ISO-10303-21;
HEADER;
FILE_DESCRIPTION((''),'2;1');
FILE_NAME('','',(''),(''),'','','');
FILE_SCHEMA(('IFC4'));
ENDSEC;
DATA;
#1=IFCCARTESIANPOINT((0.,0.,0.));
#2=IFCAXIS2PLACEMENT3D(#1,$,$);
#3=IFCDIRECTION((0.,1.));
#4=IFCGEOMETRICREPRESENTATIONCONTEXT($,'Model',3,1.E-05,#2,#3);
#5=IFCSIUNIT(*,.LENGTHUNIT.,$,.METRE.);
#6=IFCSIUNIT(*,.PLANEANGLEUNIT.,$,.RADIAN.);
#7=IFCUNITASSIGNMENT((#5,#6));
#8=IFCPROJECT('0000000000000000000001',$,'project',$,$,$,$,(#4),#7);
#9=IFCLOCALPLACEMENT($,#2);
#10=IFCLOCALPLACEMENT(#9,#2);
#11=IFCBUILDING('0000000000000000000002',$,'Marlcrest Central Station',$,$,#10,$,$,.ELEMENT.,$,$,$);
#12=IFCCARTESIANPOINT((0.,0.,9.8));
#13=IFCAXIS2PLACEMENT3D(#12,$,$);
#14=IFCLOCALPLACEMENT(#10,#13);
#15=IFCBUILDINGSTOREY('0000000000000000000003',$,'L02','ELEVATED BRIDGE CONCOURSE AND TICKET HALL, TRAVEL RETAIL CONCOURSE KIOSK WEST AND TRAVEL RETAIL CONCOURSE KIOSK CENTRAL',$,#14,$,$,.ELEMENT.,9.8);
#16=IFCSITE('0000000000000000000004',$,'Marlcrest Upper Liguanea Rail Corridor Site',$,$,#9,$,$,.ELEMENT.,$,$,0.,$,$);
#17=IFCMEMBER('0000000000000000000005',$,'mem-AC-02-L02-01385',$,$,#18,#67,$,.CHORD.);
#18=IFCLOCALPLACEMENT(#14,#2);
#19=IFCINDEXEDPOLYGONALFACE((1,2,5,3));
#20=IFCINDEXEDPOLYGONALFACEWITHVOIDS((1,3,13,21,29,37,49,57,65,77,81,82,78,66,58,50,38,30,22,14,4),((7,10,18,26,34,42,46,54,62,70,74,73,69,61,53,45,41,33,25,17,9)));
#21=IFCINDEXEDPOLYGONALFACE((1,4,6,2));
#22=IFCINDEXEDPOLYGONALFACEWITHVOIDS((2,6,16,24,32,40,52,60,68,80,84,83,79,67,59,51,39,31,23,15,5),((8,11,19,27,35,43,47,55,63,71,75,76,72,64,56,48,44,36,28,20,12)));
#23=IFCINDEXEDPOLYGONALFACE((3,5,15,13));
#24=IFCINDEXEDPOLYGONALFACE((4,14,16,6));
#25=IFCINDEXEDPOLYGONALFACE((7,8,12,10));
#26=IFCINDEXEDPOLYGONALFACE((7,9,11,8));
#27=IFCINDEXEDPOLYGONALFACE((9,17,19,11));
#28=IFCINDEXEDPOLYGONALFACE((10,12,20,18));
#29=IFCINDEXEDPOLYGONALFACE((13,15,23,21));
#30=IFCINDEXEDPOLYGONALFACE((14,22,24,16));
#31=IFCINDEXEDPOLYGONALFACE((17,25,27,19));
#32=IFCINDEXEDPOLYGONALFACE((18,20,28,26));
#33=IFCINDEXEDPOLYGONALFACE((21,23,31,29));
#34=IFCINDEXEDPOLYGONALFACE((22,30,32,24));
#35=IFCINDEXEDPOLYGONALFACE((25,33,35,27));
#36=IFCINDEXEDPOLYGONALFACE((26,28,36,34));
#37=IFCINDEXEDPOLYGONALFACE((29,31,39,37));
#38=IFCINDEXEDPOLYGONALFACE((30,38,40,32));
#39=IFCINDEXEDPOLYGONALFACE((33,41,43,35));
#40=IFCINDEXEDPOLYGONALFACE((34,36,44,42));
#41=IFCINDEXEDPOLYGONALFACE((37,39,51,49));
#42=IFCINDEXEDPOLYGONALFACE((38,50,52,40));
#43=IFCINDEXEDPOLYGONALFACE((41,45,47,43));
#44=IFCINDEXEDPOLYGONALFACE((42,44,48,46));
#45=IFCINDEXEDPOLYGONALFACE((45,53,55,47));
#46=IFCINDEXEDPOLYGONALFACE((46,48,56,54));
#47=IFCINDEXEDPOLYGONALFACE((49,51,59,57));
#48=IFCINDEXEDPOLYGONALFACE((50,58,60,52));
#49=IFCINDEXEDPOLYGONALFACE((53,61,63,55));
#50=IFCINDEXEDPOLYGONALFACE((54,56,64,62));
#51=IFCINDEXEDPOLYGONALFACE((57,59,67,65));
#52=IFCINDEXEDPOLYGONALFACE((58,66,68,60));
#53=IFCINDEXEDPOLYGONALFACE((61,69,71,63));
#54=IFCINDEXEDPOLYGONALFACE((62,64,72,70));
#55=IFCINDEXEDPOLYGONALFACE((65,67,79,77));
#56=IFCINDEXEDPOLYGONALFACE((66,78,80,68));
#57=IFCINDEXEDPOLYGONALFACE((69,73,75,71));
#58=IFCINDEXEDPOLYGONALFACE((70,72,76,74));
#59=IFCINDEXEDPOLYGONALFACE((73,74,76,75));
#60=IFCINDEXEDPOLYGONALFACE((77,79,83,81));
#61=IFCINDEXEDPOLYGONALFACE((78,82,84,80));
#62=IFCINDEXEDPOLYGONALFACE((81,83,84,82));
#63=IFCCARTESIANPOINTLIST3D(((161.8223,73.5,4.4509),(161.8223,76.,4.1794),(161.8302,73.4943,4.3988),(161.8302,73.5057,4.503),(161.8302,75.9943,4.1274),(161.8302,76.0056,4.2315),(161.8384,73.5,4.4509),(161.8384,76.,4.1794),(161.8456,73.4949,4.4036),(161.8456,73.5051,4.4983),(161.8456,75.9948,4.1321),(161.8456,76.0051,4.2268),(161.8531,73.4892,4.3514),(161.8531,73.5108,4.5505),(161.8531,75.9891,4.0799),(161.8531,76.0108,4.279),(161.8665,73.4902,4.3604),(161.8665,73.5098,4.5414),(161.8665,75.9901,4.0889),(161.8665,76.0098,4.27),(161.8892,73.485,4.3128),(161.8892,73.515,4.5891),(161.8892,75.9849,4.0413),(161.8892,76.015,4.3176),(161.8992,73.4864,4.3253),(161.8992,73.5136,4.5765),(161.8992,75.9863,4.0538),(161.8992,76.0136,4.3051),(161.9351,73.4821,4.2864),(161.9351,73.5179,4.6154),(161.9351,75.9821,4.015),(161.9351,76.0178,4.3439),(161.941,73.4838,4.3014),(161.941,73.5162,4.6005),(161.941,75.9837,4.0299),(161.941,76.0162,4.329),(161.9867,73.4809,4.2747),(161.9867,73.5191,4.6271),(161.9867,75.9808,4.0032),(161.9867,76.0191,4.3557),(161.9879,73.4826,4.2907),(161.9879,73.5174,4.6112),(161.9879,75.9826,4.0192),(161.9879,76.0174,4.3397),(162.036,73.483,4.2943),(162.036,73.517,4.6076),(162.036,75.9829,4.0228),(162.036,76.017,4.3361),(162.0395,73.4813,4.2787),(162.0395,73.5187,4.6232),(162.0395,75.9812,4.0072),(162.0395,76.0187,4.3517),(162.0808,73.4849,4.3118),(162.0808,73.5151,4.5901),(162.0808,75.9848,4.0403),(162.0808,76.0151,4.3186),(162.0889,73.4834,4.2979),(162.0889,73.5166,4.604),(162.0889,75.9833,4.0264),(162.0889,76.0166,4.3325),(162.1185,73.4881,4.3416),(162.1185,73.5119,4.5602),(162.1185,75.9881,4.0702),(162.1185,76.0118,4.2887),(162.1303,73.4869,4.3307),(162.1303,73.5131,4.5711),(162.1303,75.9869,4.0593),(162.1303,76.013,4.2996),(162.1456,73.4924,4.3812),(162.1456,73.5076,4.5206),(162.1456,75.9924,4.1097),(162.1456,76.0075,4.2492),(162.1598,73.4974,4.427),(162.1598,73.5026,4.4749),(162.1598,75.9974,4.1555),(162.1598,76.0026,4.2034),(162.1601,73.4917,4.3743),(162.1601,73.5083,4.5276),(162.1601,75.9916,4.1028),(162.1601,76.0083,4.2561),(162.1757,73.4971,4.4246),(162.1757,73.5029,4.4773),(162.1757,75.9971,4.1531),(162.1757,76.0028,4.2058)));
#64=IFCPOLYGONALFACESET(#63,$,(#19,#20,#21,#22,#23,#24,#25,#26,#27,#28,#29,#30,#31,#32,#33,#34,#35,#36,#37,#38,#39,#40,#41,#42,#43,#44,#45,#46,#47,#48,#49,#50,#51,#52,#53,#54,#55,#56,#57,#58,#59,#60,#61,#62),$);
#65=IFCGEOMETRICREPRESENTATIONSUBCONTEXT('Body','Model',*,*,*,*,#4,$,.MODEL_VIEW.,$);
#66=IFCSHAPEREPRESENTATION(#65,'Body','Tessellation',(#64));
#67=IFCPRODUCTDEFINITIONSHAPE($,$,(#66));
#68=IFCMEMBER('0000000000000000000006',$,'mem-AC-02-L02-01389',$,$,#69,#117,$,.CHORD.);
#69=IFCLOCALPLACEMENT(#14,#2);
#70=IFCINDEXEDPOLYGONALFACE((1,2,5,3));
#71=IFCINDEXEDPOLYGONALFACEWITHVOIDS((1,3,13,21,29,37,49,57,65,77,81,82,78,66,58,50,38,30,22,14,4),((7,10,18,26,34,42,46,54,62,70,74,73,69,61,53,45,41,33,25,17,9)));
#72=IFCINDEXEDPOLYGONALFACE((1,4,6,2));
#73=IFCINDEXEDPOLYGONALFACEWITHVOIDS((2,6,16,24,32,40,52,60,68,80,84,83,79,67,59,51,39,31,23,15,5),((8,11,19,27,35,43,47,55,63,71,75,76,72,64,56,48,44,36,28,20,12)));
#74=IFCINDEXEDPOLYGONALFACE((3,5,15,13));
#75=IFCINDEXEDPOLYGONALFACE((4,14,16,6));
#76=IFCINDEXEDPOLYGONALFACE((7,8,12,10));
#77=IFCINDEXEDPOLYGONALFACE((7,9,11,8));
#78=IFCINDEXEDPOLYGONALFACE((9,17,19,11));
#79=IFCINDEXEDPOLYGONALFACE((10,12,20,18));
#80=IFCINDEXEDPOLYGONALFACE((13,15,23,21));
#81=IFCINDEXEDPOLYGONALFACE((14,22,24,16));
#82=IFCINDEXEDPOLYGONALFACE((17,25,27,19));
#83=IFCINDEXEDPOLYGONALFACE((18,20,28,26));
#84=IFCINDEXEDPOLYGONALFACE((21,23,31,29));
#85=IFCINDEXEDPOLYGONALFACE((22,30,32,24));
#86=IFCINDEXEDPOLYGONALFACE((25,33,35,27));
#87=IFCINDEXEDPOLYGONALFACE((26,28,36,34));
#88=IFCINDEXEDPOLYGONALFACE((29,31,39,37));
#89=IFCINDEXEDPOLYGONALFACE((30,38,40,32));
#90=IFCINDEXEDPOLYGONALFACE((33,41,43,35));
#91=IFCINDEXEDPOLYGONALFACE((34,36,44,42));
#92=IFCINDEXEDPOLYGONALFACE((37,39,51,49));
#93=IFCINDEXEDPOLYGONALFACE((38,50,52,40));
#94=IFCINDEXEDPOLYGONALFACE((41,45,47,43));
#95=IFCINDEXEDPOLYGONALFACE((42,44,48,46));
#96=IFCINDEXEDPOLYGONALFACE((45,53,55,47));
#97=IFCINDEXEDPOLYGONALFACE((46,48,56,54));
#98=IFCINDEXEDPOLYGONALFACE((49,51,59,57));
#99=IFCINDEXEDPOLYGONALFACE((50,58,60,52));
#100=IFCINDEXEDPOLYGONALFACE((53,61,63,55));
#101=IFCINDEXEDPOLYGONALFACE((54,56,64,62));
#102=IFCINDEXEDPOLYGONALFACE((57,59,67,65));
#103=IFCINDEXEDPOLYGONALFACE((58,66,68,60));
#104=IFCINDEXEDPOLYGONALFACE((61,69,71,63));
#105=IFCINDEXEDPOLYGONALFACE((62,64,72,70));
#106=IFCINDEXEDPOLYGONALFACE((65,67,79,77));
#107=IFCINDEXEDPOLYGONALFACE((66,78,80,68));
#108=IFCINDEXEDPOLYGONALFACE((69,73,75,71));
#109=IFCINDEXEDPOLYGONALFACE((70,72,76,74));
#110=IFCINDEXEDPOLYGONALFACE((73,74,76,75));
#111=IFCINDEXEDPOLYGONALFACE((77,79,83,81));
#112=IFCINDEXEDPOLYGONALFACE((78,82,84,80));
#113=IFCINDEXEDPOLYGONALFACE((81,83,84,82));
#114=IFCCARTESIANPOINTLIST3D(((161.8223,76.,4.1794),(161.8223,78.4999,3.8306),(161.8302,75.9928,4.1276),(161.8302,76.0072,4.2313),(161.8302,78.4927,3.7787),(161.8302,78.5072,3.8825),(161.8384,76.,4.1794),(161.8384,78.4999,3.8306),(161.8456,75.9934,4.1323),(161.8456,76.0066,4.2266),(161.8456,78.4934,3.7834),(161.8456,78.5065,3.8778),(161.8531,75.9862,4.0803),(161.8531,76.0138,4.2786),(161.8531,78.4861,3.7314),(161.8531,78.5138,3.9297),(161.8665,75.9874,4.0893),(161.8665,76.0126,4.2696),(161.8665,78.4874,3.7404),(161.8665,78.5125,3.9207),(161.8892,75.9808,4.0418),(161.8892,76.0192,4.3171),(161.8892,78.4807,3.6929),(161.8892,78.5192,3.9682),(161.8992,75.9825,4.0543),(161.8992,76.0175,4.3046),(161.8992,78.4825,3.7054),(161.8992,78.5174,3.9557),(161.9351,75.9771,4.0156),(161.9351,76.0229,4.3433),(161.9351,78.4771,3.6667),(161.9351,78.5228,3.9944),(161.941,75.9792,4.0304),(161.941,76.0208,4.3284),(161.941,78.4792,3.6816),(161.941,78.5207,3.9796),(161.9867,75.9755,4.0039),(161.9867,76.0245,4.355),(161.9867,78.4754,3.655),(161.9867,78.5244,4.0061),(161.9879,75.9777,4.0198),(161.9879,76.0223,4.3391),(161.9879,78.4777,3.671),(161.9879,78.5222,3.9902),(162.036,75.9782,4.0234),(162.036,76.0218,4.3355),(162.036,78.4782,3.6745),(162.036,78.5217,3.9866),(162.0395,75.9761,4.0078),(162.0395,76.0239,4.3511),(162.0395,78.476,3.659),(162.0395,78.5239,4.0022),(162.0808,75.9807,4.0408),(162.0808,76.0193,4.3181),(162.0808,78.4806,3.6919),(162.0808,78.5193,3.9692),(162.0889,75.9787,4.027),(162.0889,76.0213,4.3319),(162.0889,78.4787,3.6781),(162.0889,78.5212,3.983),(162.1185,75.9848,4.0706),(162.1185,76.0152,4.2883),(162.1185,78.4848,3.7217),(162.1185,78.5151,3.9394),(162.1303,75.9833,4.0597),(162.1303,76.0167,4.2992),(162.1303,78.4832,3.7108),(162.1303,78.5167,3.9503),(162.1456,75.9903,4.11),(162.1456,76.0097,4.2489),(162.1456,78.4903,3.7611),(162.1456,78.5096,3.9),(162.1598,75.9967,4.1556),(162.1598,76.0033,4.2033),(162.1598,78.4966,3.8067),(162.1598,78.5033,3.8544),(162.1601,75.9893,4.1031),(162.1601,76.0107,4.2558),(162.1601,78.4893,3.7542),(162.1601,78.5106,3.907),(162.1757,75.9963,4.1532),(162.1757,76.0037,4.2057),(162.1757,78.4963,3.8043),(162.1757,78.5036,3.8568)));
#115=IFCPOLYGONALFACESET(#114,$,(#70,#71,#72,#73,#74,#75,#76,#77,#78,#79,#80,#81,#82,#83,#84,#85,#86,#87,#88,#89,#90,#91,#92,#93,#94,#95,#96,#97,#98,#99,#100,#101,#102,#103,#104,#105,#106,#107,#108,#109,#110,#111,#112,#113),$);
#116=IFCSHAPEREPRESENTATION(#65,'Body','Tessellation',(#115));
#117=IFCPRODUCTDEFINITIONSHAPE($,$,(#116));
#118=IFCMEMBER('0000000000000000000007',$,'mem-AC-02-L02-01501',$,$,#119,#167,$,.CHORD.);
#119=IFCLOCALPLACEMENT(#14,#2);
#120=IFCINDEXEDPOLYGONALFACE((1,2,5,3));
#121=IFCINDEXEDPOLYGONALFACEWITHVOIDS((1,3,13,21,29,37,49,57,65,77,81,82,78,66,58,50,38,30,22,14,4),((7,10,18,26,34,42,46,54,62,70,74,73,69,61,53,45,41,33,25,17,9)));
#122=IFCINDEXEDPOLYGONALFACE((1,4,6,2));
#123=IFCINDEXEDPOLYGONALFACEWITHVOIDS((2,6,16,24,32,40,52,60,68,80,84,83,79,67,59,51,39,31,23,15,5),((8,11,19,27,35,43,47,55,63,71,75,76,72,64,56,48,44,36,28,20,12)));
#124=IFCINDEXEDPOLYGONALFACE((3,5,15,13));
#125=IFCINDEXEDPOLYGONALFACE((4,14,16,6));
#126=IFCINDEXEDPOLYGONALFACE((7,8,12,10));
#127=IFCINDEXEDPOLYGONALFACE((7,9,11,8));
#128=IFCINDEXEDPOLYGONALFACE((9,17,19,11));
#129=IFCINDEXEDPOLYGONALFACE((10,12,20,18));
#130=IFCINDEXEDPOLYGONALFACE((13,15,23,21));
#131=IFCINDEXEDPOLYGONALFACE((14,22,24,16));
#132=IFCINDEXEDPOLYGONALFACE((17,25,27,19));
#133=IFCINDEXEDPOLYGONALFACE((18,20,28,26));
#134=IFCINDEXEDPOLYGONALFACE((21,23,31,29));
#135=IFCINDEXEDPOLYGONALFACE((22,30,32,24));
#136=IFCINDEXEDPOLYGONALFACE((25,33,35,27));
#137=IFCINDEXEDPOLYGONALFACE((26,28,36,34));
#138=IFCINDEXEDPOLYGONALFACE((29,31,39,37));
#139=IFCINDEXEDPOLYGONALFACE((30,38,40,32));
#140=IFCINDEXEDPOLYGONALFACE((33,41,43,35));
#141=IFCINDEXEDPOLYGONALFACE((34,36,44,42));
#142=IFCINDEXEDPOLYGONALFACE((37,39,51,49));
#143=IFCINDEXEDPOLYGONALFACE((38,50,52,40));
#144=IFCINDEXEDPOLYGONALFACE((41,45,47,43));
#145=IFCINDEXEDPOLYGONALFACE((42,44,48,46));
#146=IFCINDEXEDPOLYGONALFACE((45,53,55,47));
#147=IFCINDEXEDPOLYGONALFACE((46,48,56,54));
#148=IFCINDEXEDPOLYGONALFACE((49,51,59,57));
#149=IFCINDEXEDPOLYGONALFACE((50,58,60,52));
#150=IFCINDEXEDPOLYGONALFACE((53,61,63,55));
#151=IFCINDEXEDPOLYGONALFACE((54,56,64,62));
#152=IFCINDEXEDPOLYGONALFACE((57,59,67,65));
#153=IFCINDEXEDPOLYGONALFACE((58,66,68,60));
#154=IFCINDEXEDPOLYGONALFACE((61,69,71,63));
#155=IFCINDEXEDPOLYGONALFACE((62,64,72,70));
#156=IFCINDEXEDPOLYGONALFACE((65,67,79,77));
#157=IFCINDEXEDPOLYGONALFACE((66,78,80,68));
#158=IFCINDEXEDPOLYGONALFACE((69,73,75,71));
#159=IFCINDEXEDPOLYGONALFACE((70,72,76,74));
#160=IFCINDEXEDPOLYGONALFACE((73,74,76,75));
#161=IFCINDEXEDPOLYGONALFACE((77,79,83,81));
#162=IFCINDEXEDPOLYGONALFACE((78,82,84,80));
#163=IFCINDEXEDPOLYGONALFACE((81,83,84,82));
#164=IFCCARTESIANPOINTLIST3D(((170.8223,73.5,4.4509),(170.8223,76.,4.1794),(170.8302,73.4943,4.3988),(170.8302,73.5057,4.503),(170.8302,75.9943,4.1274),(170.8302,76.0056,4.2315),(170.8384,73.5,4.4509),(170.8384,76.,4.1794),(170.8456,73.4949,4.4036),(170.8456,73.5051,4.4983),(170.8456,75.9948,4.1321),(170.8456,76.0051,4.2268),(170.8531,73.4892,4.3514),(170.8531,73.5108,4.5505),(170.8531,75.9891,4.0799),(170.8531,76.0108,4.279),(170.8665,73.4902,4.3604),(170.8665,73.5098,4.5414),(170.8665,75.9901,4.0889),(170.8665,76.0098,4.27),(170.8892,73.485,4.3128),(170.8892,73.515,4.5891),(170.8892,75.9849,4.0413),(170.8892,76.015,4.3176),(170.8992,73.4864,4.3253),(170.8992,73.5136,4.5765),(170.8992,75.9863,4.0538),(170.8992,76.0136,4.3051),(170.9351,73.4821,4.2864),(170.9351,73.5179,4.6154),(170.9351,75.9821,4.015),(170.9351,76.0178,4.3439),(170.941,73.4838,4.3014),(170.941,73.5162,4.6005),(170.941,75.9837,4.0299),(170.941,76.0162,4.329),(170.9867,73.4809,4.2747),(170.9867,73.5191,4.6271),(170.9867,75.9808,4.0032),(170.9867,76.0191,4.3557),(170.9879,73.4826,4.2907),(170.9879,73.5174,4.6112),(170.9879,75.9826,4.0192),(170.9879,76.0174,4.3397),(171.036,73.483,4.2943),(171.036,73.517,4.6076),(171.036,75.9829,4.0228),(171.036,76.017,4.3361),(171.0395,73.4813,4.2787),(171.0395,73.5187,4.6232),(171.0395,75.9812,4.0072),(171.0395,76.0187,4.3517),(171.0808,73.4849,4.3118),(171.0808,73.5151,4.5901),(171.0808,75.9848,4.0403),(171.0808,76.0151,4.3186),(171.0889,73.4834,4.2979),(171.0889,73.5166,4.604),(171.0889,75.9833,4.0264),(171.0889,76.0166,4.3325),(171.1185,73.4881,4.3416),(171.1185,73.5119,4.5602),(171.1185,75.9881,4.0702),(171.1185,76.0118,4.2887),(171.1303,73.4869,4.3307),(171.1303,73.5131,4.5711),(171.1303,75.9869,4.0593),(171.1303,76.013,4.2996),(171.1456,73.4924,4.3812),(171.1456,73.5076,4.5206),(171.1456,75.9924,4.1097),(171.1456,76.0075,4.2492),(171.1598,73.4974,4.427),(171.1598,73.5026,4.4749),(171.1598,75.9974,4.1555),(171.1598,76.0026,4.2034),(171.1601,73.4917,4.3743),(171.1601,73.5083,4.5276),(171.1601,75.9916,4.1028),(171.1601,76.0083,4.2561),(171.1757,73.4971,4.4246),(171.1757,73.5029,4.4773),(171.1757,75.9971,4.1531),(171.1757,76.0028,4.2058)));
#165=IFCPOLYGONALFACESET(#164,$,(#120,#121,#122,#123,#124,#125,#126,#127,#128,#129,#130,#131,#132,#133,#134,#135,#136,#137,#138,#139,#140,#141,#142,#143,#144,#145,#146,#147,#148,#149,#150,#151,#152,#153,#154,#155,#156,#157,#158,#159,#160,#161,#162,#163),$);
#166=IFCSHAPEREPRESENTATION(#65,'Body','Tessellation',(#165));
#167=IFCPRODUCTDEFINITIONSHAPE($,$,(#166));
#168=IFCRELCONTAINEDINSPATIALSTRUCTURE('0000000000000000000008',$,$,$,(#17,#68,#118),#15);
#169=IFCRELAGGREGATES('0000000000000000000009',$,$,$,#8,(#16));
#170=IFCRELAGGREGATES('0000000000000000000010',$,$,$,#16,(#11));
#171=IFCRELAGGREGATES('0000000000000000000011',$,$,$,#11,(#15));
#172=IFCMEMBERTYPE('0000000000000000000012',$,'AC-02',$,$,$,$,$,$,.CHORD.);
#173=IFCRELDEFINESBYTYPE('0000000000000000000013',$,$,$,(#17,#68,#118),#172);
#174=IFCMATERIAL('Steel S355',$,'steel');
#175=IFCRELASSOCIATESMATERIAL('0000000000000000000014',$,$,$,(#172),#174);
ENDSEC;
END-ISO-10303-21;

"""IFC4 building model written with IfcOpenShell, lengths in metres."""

from ifc_helpers import new_model, si_unit, direction, frame, origin, origin_2d, place, context, subcontext, project, spatial, hollow_circle, extrude, material, material_profile, profile_set, type_object, element, save


model = new_model("IFC4")

# Units and contexts
model_context = context("Model", 3, precision=1e-05, world=origin(), true_north=direction((0.0, 1.0)))
body_context = subcontext(model_context, "Body", "Model", "MODEL_VIEW")
ifc_project = project(units=[si_unit("LENGTHUNIT", "METRE"), si_unit("PLANEANGLEUNIT", "RADIAN")], contexts=[model_context])

# Site, building, storey
site_placement = place(None, origin())
site = spatial("IfcSite", under=ifc_project, at=site_placement, Name="Marlcrest Upper Liguanea Rail Corridor Site", CompositionType="ELEMENT", RefElevation=0.0)
building_placement = place(site_placement, origin())
building = spatial("IfcBuilding", under=site, at=building_placement, Name="Marlcrest Central Station", CompositionType="ELEMENT")
storey_placement = place(building_placement, frame((0.0, 0.0, 9.8)))
storey = spatial("IfcBuildingStorey", under=building, at=storey_placement, Name="L02", Description="ELEVATED BRIDGE CONCOURSE AND TICKET HALL, TRAVEL RETAIL CONCOURSE KIOSK WEST AND TRAVEL RETAIL CONCOURSE KIOSK CENTRAL", CompositionType="ELEMENT", Elevation=9.8)

# Members
ifc_material = material(Name="Steel S355", Category="steel")
ifc_material_profile_1 = material_profile(ifc_material, hollow_circle(Radius=0.1777, WallThickness=0.0161, at=origin_2d()), Name="CHS 355.6x16")
ifc_profile_set_1 = profile_set([ifc_material_profile_1], Name="Steel S355")
member_type_1 = type_object("IfcMemberType", Name="AC-02", PredefinedType="CHORD", material=ifc_profile_set_1)
member_1_placement = place(storey_placement, frame((162.0, 73.5, 4.4509), z_axis=(0.0, 0.994155, -0.107959), x_axis=(-1.0, 0.0, 0.0)))
element("IfcMember", 1, at=member_1_placement, inside=storey, type_object=member_type_1, Name="mem-AC-02-L02-01385", PredefinedType="CHORD", context=body_context, shape_type="SweptSolid", body=[
    extrude(hollow_circle(Radius=0.1777, WallThickness=0.0161, at=origin_2d()), origin(), (0.0, 0.0, 1.0), 2.5146),
])
member_2_placement = place(storey_placement, frame((162.0, 76.0, 4.1794), z_axis=(0.0, 0.990403, -0.138211), x_axis=(-1.0, 0.0, 0.0)))
element("IfcMember", 2, at=member_2_placement, inside=storey, type_object=member_type_1, Name="mem-AC-02-L02-01389", PredefinedType="CHORD", context=body_context, shape_type="SweptSolid", body=[
    extrude(hollow_circle(Radius=0.1777, WallThickness=0.0161, at=origin_2d()), origin(), (0.0, 0.0, 1.0), 2.5242),
])
member_3_placement = place(storey_placement, frame((171.0, 73.5, 4.4509), z_axis=(0.0, 0.994155, -0.107959), x_axis=(-1.0, 0.0, 0.0)))
element("IfcMember", 3, at=member_3_placement, inside=storey, type_object=member_type_1, Name="mem-AC-02-L02-01501", PredefinedType="CHORD", context=body_context, shape_type="SweptSolid", body=[
    extrude(hollow_circle(Radius=0.1777, WallThickness=0.0161, at=origin_2d()), origin(), (0.0, 0.0, 1.0), 2.5146),
])

save(model, "model.ifc")
